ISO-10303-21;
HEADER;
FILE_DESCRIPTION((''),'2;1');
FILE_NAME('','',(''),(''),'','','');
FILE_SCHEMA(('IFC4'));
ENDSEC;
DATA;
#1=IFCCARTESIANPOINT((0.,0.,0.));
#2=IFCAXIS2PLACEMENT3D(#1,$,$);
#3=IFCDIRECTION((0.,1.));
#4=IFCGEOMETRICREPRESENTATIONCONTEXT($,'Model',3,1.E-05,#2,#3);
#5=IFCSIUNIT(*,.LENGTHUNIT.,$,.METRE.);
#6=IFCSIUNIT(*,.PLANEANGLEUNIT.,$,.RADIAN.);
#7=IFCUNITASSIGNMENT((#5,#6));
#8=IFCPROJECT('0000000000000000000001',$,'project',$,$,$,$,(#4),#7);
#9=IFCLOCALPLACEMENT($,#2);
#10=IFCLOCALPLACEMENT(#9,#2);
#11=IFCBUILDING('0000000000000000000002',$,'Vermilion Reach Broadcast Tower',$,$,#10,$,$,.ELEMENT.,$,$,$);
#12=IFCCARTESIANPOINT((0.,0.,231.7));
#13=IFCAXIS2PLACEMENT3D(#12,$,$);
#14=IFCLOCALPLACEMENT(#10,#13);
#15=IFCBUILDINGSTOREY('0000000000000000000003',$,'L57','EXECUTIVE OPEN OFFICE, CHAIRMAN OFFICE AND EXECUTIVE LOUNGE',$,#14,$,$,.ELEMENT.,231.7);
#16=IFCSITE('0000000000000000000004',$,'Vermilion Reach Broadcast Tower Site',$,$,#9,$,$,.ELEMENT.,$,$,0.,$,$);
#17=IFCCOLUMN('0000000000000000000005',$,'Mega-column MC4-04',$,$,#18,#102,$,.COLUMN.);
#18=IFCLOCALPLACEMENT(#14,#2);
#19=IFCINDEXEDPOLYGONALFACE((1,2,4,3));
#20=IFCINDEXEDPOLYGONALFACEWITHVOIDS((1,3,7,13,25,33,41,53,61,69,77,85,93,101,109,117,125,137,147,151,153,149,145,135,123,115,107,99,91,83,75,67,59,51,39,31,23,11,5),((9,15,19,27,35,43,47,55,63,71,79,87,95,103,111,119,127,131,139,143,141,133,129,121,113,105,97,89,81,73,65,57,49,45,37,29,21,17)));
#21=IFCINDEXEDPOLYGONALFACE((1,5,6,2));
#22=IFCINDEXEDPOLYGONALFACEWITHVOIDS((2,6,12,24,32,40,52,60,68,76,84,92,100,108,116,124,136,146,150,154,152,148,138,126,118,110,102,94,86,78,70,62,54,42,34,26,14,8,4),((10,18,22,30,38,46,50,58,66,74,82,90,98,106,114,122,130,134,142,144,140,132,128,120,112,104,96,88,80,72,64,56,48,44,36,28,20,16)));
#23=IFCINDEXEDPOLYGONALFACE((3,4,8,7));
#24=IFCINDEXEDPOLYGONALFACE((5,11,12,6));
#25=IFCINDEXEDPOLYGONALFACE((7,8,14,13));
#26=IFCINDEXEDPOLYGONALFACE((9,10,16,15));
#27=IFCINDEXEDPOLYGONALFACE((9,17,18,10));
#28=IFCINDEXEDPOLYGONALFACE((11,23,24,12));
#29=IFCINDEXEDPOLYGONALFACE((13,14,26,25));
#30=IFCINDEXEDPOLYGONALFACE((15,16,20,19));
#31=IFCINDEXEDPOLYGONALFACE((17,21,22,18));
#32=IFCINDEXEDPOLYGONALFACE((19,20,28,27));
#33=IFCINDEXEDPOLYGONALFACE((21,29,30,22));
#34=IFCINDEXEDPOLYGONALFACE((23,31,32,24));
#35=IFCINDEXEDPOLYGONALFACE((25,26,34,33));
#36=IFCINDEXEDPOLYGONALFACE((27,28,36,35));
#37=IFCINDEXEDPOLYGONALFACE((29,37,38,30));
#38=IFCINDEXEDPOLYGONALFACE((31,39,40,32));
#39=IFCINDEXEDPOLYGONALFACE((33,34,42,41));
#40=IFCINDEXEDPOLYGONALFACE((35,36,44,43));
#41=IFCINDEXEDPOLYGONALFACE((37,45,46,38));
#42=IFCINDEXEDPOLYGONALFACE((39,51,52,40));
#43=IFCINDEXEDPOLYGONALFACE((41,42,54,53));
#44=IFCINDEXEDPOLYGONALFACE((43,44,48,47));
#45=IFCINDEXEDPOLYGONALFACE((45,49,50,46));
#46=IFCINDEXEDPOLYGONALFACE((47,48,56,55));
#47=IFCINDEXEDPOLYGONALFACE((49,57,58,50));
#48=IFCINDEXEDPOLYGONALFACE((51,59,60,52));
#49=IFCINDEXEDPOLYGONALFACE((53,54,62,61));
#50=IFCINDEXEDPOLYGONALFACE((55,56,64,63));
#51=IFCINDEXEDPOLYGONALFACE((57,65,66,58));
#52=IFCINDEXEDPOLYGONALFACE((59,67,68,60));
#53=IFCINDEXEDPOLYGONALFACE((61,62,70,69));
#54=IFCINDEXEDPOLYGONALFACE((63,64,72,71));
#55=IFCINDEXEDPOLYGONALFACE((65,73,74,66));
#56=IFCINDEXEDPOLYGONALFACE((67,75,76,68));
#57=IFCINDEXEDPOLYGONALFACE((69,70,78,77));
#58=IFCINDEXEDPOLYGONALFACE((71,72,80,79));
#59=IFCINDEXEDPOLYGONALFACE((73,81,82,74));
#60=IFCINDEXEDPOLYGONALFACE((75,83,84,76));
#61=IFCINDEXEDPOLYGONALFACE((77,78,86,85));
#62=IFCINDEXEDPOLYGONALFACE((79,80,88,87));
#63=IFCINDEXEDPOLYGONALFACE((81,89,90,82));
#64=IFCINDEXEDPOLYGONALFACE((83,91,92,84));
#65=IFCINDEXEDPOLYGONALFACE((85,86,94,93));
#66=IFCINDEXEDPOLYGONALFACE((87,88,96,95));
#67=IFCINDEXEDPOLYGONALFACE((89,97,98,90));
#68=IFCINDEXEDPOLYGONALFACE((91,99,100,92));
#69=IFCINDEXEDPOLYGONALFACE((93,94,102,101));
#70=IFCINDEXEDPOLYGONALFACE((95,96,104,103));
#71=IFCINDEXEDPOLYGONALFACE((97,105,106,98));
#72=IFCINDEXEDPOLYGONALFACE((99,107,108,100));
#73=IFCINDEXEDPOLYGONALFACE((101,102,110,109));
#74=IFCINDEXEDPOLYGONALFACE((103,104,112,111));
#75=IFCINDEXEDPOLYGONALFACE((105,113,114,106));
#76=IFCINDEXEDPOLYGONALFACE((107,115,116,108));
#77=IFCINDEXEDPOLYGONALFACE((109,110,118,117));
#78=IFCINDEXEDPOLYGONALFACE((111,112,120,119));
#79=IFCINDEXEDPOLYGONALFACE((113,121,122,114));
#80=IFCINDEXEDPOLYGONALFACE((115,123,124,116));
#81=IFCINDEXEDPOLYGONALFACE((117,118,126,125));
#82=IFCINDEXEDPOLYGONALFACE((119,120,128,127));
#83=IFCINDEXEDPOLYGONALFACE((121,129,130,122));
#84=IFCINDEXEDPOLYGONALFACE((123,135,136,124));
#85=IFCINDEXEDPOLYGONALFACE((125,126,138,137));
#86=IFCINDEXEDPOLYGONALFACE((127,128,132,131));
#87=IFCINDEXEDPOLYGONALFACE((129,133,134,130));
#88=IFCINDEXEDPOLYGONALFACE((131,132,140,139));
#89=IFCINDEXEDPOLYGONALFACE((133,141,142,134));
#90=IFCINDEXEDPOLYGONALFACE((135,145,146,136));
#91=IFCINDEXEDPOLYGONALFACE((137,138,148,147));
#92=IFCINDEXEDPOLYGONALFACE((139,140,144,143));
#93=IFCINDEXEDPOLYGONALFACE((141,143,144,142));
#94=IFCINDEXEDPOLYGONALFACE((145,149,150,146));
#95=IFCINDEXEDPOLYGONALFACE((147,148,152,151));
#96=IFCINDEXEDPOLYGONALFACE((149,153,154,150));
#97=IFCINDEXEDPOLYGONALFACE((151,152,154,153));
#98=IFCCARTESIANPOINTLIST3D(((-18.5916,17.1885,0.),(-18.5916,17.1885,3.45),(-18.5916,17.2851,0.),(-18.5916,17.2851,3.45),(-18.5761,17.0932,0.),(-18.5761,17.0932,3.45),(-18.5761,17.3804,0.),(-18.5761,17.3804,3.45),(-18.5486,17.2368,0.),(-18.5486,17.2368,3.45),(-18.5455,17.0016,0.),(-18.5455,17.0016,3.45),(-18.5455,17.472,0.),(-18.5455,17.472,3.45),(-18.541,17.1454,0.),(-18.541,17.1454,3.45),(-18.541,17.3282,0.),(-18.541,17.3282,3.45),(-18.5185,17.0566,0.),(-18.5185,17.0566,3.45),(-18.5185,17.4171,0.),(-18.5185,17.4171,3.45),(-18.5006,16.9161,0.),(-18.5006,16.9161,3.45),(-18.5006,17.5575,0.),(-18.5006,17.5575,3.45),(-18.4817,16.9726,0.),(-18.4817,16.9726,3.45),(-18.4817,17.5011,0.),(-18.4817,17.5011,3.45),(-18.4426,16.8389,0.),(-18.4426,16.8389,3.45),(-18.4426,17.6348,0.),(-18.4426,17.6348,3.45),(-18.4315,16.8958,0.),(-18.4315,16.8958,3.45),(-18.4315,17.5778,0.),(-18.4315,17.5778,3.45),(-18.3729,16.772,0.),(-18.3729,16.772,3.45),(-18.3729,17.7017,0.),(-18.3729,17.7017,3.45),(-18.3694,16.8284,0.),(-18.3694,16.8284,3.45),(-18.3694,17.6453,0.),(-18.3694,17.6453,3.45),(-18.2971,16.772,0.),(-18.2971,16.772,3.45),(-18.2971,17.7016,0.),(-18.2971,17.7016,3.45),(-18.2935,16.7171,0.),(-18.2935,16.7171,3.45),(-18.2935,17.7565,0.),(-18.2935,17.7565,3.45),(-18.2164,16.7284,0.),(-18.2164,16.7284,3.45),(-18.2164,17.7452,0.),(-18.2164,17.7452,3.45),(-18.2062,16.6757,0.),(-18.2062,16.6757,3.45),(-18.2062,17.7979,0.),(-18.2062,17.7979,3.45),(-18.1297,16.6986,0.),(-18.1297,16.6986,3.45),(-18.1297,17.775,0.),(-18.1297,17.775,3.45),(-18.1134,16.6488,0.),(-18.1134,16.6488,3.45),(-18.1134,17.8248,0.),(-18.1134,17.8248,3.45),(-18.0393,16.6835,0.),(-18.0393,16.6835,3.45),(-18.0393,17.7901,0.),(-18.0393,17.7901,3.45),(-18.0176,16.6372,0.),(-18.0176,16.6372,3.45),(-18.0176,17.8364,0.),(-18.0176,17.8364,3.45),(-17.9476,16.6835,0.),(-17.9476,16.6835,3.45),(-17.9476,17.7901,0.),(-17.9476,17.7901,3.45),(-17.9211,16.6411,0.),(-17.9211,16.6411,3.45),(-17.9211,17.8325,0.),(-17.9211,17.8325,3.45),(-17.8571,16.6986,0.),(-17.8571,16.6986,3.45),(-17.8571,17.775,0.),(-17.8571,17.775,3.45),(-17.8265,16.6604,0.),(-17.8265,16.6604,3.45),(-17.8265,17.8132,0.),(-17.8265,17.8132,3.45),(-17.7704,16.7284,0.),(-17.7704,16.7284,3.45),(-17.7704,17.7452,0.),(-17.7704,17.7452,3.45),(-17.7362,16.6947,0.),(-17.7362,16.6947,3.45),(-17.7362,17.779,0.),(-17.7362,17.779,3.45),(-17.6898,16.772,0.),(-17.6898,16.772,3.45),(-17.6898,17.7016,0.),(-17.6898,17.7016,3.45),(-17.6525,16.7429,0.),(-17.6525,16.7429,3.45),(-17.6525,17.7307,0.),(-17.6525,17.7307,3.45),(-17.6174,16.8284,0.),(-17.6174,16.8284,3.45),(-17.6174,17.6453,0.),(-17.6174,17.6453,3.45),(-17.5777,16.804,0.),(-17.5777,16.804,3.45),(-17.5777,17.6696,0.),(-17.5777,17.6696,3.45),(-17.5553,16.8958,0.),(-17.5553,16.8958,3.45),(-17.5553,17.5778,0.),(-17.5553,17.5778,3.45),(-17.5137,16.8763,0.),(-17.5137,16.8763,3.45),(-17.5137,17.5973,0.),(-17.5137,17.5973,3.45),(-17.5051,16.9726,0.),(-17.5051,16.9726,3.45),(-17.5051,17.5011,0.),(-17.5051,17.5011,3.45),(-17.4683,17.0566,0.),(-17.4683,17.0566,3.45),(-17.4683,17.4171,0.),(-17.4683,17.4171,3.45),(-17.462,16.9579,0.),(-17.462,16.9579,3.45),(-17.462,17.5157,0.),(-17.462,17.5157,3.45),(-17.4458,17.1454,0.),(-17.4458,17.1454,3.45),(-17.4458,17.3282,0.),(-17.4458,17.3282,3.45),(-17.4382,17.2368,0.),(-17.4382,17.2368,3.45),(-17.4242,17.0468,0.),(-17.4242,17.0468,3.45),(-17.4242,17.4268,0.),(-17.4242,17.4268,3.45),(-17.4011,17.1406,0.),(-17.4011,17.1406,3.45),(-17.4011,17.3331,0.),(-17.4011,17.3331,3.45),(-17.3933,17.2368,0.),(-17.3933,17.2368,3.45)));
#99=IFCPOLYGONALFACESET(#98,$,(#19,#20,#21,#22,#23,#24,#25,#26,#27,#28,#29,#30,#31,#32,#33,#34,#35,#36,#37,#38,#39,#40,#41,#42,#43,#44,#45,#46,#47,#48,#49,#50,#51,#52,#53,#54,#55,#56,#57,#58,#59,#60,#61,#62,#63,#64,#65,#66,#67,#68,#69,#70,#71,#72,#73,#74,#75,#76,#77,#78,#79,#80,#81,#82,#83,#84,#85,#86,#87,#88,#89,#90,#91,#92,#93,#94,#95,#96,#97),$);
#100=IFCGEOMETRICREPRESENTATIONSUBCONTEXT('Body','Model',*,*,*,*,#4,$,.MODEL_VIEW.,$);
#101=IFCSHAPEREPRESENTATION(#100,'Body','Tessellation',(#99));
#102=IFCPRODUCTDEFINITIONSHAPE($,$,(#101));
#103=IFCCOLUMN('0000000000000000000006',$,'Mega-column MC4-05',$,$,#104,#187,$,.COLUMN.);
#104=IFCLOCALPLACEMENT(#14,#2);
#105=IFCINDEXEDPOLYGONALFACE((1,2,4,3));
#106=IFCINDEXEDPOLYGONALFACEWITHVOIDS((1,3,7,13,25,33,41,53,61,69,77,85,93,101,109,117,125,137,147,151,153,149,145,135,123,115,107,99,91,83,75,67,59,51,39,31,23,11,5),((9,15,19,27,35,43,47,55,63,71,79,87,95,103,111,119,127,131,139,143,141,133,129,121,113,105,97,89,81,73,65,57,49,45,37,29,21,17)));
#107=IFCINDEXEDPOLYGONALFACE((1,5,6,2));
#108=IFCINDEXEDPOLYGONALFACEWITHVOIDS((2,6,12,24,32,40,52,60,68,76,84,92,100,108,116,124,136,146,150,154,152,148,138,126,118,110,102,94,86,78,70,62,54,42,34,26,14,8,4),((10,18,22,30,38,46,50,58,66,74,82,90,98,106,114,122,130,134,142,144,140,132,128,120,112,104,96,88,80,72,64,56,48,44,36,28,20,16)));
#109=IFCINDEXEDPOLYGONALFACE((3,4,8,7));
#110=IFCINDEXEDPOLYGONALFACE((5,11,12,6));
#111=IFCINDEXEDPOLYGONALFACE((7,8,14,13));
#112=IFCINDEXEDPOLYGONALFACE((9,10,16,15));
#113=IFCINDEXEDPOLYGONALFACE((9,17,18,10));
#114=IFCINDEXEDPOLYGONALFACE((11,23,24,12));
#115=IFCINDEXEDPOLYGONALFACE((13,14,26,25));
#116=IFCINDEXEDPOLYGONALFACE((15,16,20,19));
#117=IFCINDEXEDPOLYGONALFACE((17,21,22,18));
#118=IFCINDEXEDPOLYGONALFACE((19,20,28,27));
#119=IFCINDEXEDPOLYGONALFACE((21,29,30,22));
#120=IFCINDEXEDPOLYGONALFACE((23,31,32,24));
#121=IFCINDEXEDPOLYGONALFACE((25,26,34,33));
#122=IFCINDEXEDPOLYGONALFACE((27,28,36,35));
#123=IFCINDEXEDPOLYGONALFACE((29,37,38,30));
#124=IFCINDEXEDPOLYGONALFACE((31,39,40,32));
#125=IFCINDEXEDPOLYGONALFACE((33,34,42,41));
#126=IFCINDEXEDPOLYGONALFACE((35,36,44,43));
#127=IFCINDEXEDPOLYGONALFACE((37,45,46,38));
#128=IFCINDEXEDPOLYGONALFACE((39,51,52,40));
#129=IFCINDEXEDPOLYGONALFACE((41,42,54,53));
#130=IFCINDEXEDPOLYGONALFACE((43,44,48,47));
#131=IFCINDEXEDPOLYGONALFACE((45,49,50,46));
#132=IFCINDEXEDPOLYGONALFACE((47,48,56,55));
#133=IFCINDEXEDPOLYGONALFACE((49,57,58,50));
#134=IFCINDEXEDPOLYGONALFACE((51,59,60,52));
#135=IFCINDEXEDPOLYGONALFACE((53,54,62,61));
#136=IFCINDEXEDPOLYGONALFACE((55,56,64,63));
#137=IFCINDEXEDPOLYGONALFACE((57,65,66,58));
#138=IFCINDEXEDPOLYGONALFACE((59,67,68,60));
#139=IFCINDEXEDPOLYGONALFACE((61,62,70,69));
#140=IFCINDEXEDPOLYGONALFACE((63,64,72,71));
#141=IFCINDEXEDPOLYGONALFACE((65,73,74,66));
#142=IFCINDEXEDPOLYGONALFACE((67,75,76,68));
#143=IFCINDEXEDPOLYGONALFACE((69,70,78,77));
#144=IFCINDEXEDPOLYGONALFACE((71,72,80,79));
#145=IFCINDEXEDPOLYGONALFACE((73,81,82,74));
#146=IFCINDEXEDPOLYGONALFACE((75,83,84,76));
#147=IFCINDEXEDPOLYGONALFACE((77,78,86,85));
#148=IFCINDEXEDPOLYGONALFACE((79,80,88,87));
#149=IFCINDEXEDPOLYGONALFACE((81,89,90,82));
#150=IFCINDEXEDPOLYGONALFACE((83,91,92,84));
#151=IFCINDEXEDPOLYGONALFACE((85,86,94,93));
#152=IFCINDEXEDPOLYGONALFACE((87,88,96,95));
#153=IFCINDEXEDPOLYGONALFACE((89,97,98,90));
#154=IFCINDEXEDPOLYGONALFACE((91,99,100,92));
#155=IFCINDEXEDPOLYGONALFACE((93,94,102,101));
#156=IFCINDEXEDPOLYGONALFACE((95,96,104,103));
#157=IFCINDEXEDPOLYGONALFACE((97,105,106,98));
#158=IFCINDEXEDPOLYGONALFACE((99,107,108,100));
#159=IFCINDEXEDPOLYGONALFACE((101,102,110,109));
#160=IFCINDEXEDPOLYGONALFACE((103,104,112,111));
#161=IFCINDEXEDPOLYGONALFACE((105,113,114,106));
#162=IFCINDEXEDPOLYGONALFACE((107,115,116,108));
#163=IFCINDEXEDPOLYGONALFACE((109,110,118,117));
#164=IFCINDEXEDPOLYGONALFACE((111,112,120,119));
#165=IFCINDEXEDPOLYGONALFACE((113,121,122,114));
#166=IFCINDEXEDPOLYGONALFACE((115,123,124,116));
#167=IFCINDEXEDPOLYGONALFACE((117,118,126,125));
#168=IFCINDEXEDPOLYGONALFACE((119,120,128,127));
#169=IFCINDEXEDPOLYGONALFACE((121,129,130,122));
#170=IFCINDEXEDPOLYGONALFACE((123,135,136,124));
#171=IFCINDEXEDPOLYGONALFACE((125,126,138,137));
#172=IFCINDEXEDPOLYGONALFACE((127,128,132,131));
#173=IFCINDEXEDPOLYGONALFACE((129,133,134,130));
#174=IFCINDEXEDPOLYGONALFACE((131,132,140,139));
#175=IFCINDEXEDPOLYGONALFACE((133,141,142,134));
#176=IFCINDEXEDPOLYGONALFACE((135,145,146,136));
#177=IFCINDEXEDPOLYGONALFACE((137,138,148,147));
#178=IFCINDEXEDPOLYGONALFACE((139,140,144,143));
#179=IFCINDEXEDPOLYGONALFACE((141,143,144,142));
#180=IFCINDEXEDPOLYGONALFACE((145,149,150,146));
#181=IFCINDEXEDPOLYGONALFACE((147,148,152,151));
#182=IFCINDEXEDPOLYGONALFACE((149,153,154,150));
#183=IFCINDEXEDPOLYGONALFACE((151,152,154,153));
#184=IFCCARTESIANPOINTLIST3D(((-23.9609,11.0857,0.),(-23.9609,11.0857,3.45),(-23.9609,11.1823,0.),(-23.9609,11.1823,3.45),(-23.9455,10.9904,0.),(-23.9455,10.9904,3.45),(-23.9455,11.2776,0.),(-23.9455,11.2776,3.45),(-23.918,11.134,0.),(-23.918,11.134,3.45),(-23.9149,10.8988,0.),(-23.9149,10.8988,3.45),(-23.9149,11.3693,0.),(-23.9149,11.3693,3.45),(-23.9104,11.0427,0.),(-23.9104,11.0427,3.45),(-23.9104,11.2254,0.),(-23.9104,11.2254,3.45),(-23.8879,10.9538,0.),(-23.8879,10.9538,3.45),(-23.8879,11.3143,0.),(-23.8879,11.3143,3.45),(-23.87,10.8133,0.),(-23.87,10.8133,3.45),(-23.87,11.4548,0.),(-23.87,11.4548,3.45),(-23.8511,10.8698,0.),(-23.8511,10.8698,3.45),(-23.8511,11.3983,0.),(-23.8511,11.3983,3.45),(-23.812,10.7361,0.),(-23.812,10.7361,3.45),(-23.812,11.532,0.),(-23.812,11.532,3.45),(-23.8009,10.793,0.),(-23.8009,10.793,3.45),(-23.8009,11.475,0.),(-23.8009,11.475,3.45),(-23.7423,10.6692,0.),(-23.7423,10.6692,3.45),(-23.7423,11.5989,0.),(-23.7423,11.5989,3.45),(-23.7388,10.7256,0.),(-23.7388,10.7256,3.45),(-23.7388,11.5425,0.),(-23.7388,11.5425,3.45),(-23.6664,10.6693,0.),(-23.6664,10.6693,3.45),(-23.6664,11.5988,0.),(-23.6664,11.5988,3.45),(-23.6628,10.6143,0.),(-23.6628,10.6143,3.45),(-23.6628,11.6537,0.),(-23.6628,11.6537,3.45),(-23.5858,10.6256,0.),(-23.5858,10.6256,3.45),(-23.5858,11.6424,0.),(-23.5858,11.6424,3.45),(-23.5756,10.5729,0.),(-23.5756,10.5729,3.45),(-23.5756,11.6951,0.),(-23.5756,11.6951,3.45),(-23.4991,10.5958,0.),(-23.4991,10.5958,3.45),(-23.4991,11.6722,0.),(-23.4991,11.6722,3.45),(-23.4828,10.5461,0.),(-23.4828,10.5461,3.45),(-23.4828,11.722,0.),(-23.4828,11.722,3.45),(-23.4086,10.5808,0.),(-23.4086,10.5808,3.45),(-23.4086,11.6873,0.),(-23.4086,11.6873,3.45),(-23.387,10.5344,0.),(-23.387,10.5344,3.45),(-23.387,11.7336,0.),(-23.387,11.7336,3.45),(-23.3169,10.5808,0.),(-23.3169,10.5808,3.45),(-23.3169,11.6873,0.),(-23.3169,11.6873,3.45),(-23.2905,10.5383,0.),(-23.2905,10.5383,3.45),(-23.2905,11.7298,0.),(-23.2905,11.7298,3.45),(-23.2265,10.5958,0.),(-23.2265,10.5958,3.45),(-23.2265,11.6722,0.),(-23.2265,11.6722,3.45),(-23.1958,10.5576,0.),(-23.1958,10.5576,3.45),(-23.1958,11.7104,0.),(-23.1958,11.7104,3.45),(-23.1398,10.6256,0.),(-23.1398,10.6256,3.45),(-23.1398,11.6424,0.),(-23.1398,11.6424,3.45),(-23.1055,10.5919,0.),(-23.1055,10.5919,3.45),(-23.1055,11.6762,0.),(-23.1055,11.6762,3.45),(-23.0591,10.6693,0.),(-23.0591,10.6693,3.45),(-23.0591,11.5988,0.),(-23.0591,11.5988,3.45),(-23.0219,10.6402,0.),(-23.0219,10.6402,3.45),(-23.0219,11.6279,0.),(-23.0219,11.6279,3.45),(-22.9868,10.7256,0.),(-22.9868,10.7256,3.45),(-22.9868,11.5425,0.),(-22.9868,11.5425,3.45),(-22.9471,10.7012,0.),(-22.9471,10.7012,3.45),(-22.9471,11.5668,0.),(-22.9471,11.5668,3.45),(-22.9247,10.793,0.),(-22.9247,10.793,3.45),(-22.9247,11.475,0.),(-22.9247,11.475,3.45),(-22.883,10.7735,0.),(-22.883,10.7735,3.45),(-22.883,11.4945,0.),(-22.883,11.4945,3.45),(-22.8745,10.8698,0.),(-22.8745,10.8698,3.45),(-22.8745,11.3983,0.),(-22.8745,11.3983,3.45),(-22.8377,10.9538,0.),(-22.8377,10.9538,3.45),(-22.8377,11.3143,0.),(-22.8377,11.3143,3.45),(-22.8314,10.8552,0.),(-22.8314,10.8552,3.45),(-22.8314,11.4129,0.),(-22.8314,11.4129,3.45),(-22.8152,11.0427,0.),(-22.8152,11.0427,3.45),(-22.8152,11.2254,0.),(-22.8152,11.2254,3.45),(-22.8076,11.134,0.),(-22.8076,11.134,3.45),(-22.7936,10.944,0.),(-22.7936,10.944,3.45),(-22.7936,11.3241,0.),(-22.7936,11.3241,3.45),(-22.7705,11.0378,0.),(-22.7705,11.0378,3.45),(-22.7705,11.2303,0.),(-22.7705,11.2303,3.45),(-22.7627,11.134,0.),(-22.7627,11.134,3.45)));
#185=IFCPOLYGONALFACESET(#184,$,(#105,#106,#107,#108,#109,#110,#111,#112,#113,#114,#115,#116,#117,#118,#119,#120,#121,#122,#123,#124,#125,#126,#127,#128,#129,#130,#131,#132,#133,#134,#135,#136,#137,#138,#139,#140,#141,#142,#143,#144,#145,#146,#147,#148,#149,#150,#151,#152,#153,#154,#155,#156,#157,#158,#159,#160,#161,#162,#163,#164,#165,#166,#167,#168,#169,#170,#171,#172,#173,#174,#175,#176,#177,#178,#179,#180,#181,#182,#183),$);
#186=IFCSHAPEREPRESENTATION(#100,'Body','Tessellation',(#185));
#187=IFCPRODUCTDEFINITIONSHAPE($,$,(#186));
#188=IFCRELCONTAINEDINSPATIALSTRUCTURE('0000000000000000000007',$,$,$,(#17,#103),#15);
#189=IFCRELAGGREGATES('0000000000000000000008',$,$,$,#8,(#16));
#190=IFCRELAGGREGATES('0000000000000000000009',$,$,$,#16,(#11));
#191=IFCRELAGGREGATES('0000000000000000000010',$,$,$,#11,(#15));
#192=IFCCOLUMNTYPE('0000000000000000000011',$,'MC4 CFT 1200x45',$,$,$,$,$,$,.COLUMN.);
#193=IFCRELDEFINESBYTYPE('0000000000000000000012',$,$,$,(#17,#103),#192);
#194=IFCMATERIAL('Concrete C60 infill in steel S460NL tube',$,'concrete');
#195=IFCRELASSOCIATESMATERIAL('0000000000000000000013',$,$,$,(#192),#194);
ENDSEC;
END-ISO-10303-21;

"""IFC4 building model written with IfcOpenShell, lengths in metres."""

from ifc_helpers import new_model, si_unit, direction, frame, origin, origin_2d, place, context, subcontext, project, spatial, hollow_circle, extrude, material, material_profile, profile_set, type_object, element, save


model = new_model("IFC4")

# Units and contexts
model_context = context("Model", 3, precision=1e-05, world=origin(), true_north=direction((0.0, 1.0)))
body_context = subcontext(model_context, "Body", "Model", "MODEL_VIEW")
ifc_project = project(units=[si_unit("LENGTHUNIT", "METRE"), si_unit("PLANEANGLEUNIT", "RADIAN")], contexts=[model_context])

# Site, building, storey
site_placement = place(None, origin())
site = spatial("IfcSite", under=ifc_project, at=site_placement, Name="Vermilion Reach Broadcast Tower Site", CompositionType="ELEMENT", RefElevation=0.0)
building_placement = place(site_placement, origin())
building = spatial("IfcBuilding", under=site, at=building_placement, Name="Vermilion Reach Broadcast Tower", CompositionType="ELEMENT")
storey_placement = place(building_placement, frame((0.0, 0.0, 231.7)))
storey = spatial("IfcBuildingStorey", under=building, at=storey_placement, Name="L57", Description="EXECUTIVE OPEN OFFICE, CHAIRMAN OFFICE AND EXECUTIVE LOUNGE", CompositionType="ELEMENT", Elevation=231.7)

# Columns
ifc_material_1 = material(Name="Concrete C60 infill in steel S460NL tube", Category="concrete")
ifc_material_profile_1 = material_profile(ifc_material_1, hollow_circle(Radius=0.6001, WallThickness=0.0449, at=origin_2d()), Name="Concrete C60 infill in steel S460NL tube CFT 1200x45")
ifc_profile_set_1 = profile_set([ifc_material_profile_1], Name="Concrete C60 infill in steel S460NL tube")
column_type = type_object("IfcColumnType", Name="MC4 CFT 1200x45", PredefinedType="COLUMN", material=ifc_profile_set_1)
for number, where, z_axis, x_axis, name in (
    (1, (-17.9934, 17.2368, 0.0), (0.0, 0.0, 1.0), (1.0, 0.0, 0.0), "Mega-column MC4-04"),
    (2, (-23.3628, 11.134, 0.0), (0.0, 0.0, 1.0), (1.0, 0.0, 0.0), "Mega-column MC4-05"),
):
    element("IfcColumn", number, at=place(storey_placement, frame(where, z_axis=z_axis, x_axis=x_axis)), inside=storey, type_object=column_type, Name=name, PredefinedType="COLUMN", context=body_context, shape_type="SweptSolid", body=[
        extrude(hollow_circle(Radius=0.6001, WallThickness=0.0449, at=origin_2d()), origin(), (0.0, 0.0, 1.0), 3.45),
    ])

save(model, "model.ifc")
